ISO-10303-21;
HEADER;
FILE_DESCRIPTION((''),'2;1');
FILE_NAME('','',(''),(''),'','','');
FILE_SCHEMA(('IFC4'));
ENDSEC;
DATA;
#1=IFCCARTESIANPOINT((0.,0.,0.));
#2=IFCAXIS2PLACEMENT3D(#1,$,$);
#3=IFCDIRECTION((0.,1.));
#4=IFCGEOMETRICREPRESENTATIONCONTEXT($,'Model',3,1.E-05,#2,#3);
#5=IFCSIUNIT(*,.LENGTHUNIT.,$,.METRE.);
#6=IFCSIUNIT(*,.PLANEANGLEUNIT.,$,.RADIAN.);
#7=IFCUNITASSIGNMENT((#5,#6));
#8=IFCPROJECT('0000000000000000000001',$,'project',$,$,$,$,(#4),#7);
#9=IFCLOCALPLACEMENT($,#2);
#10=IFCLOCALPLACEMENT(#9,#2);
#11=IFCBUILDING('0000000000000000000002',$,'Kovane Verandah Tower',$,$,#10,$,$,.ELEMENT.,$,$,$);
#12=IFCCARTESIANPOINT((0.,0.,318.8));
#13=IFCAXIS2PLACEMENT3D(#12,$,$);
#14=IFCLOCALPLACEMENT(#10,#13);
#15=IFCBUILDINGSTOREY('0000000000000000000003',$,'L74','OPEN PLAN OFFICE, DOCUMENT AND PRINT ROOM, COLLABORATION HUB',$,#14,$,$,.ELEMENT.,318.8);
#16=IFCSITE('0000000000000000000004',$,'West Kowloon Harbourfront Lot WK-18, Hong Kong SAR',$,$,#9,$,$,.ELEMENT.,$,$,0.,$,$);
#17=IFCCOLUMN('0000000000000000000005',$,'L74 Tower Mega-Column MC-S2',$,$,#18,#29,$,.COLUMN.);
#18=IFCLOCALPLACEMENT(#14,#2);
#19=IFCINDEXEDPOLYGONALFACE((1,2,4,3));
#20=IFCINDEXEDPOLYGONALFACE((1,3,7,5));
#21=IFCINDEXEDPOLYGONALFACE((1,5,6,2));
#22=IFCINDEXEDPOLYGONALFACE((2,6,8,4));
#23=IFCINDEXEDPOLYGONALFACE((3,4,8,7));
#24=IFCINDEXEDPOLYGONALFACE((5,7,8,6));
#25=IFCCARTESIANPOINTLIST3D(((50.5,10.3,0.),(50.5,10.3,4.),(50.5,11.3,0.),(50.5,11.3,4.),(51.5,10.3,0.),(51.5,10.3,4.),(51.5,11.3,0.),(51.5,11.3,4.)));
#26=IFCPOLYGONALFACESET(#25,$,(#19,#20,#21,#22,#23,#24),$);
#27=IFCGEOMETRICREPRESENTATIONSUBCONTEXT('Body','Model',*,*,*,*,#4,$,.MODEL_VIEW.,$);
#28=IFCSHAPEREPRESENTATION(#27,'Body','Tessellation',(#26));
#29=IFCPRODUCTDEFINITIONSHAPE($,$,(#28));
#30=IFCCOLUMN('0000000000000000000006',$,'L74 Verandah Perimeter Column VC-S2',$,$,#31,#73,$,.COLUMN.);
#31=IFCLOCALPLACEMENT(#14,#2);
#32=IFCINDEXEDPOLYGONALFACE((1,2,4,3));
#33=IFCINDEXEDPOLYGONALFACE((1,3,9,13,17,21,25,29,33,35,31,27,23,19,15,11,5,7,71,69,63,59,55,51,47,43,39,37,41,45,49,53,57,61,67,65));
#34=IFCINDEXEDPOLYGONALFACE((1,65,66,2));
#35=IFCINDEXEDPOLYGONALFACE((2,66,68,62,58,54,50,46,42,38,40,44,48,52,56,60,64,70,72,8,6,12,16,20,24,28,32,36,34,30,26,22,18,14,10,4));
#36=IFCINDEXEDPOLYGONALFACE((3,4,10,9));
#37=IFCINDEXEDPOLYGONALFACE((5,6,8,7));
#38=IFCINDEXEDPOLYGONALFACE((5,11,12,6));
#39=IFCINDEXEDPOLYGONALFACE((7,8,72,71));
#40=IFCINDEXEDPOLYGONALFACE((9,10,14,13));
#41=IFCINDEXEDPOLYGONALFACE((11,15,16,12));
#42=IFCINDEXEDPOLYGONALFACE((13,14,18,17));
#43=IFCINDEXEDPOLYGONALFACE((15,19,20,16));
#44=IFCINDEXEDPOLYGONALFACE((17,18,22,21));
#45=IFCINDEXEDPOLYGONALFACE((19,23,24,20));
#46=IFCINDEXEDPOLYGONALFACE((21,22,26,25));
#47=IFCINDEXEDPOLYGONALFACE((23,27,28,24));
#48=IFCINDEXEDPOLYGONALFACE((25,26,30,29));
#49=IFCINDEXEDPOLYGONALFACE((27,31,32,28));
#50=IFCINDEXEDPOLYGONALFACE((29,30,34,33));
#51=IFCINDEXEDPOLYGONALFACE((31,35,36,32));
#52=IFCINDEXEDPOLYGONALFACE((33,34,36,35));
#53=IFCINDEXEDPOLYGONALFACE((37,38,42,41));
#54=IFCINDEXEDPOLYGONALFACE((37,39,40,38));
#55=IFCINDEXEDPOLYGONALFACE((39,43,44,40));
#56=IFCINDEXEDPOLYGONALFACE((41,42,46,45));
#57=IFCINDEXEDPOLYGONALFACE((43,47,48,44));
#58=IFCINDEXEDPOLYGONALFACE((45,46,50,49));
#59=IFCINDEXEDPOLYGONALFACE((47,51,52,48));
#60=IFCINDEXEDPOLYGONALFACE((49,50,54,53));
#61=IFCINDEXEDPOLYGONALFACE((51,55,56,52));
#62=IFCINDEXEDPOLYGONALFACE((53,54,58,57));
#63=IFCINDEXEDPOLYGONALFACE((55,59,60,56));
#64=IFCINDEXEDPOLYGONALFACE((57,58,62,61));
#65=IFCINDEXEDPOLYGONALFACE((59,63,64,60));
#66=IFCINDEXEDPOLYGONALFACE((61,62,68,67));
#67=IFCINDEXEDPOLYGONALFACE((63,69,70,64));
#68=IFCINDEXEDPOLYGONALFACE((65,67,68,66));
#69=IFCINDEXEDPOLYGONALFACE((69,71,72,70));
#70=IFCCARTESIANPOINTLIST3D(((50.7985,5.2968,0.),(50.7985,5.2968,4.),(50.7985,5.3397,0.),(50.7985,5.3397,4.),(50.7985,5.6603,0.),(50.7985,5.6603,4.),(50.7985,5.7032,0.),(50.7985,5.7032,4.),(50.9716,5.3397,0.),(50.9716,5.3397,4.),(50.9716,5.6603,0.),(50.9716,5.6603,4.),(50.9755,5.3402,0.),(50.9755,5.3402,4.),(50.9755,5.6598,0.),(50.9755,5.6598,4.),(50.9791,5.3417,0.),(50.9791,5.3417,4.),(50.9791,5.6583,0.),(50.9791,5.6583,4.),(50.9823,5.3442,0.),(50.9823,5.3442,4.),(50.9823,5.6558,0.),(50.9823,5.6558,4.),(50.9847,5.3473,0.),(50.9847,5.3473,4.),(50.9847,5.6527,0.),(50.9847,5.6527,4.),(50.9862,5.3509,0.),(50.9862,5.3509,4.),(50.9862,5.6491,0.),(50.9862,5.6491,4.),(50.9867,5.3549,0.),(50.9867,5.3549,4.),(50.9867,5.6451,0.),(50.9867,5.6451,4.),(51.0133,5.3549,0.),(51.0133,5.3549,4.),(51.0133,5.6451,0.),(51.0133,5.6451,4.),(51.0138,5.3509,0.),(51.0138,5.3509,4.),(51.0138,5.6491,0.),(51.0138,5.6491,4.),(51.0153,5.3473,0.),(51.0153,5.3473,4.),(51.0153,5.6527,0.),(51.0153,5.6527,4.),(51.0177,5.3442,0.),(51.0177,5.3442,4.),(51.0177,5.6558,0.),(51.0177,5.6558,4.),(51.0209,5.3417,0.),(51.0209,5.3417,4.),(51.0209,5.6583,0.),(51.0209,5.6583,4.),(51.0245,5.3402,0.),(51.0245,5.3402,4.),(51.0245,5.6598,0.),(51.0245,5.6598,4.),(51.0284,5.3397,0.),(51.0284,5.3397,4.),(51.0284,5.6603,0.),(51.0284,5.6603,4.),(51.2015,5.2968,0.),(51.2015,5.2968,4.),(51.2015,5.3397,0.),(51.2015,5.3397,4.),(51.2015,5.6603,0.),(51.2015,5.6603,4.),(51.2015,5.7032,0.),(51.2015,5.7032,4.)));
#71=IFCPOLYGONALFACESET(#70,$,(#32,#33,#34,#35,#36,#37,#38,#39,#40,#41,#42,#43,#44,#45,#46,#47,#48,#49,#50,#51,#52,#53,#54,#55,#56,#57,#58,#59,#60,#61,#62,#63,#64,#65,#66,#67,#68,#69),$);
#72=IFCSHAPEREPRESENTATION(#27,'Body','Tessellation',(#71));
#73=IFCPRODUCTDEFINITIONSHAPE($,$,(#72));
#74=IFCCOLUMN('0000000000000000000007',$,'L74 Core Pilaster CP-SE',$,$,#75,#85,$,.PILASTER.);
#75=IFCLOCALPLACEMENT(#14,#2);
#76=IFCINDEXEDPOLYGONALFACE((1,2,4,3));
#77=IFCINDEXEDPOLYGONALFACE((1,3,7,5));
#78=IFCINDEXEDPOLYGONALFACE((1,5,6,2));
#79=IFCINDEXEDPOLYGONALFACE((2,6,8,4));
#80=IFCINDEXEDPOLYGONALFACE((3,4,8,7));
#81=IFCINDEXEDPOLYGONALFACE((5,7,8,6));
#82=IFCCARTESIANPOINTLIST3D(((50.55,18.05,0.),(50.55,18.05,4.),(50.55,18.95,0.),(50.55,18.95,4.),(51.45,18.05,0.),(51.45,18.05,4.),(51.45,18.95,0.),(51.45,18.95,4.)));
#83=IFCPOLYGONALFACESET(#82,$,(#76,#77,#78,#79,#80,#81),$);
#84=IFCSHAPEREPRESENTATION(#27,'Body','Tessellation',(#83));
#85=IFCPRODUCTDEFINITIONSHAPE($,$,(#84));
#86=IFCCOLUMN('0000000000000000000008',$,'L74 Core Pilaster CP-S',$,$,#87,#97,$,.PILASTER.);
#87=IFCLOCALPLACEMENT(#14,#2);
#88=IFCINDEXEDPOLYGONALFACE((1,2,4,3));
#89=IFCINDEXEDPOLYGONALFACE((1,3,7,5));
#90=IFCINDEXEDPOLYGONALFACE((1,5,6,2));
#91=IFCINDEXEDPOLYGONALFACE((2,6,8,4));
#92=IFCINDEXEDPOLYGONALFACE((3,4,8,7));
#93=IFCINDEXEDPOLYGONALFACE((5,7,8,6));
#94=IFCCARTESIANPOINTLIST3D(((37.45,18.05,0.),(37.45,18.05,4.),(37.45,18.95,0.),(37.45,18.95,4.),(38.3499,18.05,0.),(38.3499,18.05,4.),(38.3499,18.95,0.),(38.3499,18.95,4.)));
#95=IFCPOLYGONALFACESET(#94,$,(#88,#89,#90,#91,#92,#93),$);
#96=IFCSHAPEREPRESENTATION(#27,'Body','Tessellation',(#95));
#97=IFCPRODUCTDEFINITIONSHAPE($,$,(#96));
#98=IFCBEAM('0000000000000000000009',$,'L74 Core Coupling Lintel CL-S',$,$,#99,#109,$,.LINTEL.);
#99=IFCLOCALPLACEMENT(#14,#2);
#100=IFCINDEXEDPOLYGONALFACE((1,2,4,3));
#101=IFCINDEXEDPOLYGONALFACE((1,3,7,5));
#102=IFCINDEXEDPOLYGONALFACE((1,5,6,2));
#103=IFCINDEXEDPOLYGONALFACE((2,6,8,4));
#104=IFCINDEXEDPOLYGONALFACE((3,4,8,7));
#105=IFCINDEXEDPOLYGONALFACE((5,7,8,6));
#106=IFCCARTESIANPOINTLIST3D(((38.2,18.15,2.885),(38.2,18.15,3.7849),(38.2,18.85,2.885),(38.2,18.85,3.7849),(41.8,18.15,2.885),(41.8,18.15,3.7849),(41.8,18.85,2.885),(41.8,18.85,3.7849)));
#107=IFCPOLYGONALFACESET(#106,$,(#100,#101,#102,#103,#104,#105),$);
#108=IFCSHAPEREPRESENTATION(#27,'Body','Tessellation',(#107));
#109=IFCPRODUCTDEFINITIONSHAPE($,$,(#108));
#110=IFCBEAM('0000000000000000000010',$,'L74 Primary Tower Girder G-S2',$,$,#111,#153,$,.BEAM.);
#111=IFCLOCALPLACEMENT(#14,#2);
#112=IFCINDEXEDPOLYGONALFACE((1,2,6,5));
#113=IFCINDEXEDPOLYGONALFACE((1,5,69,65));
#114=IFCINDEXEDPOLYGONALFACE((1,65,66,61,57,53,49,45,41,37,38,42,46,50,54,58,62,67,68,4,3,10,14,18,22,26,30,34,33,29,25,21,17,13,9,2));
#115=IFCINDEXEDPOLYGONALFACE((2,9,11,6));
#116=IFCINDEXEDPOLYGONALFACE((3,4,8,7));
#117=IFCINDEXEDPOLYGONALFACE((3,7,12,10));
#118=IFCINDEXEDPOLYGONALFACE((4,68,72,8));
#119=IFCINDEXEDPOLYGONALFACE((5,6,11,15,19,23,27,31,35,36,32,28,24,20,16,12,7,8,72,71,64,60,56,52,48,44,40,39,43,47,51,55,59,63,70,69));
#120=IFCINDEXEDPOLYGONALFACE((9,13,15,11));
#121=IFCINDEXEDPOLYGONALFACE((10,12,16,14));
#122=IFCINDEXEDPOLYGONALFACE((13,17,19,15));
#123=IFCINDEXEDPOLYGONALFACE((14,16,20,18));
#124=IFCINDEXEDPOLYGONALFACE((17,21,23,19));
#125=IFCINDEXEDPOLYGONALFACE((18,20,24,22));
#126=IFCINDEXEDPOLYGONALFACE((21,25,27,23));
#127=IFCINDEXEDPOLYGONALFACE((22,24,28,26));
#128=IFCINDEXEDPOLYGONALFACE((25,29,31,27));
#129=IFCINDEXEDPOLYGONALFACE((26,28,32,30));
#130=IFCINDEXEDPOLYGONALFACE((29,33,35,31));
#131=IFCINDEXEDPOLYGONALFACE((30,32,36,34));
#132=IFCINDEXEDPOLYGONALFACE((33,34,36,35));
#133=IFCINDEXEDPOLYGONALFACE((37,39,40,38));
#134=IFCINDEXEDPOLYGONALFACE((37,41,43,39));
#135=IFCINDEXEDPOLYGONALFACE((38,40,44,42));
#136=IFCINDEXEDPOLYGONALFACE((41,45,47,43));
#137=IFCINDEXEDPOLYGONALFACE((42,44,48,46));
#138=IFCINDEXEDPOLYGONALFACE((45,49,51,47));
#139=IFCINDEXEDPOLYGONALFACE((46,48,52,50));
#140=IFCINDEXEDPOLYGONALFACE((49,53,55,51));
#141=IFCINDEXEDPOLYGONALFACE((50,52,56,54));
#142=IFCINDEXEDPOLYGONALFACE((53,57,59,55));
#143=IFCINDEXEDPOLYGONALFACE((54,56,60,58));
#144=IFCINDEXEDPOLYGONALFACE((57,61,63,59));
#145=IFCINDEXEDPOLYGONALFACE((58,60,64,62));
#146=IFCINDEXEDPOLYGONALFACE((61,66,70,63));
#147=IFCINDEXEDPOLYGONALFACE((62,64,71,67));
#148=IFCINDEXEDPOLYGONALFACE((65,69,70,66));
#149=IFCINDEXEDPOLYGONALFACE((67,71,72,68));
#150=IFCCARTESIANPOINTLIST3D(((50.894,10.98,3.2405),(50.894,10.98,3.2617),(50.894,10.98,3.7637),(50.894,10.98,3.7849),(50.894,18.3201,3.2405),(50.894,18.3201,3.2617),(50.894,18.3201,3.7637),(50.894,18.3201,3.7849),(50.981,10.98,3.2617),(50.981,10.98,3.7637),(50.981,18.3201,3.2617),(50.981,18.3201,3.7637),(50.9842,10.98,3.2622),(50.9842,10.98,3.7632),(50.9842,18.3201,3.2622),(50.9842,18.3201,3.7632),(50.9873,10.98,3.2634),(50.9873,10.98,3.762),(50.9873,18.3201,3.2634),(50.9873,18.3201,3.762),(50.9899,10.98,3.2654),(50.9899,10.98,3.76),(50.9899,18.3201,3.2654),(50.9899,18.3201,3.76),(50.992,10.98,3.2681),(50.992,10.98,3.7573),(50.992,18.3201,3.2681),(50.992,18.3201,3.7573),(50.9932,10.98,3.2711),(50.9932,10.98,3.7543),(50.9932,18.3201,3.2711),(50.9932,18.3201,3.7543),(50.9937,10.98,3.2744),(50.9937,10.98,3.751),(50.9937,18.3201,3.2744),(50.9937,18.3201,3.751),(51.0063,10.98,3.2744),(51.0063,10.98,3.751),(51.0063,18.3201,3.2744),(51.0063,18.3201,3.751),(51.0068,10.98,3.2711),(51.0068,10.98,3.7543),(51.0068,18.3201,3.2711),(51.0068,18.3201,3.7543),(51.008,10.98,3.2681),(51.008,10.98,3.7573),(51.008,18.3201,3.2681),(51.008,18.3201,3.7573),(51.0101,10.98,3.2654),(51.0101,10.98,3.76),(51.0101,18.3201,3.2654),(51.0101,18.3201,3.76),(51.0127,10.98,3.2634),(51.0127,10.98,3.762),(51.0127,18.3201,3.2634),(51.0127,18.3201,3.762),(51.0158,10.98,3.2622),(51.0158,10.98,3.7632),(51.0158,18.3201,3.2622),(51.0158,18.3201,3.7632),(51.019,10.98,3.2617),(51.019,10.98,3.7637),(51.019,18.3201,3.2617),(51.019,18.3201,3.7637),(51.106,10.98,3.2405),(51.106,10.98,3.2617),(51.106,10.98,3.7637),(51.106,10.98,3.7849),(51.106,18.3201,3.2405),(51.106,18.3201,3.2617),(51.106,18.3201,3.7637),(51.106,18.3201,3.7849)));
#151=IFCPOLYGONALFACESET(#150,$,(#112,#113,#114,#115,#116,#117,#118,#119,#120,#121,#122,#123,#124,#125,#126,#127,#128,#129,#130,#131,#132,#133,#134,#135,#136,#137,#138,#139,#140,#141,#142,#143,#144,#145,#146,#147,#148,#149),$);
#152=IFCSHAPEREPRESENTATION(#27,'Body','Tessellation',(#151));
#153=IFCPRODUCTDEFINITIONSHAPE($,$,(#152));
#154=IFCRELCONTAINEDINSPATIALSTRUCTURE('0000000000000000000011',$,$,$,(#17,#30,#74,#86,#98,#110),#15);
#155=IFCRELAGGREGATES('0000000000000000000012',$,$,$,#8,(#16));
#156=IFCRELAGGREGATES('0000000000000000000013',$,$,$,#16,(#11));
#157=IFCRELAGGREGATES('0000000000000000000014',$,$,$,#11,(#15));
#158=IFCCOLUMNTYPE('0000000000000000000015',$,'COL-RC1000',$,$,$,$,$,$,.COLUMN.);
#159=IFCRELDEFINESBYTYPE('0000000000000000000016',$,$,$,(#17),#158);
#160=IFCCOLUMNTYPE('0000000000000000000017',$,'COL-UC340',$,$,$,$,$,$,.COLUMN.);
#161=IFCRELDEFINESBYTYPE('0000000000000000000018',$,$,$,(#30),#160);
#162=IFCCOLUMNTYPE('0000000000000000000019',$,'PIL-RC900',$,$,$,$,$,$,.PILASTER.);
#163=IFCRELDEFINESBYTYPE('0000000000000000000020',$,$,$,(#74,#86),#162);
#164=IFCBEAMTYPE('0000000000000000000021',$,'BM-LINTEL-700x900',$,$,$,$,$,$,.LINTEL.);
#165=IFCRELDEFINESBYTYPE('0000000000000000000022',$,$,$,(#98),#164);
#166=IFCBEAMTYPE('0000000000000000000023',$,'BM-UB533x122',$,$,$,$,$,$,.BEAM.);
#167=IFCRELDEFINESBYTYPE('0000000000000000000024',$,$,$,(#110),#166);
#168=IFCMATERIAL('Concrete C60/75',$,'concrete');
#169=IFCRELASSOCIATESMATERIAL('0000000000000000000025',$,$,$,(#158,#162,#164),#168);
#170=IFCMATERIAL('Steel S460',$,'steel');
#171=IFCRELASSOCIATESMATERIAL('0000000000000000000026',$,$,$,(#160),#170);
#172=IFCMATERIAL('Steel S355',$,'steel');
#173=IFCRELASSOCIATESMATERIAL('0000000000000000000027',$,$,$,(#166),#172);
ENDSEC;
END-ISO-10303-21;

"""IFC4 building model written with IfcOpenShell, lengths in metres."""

from ifc_helpers import new_model, si_unit, direction, frame, origin, origin_2d, place, context, subcontext, project, spatial, rectangle, i_section, extrude, material, material_profile, profile_set, type_object, element, save


model = new_model("IFC4")

# Units and contexts
model_context = context("Model", 3, precision=1e-05, world=origin(), true_north=direction((0.0, 1.0)))
body_context = subcontext(model_context, "Body", "Model", "MODEL_VIEW")
ifc_project = project(units=[si_unit("LENGTHUNIT", "METRE"), si_unit("PLANEANGLEUNIT", "RADIAN")], contexts=[model_context])

# Site, building, storey
site_placement = place(None, origin())
site = spatial("IfcSite", under=ifc_project, at=site_placement, Name="West Kowloon Harbourfront Lot WK-18, Hong Kong SAR", CompositionType="ELEMENT", RefElevation=0.0)
building_placement = place(site_placement, origin())
building = spatial("IfcBuilding", under=site, at=building_placement, Name="Kovane Verandah Tower", CompositionType="ELEMENT")
storey_placement = place(building_placement, frame((0.0, 0.0, 318.8)))
storey = spatial("IfcBuildingStorey", under=building, at=storey_placement, Name="L74", Description="OPEN PLAN OFFICE, DOCUMENT AND PRINT ROOM, COLLABORATION HUB", CompositionType="ELEMENT", Elevation=318.8)

# Columns
ifc_material_1 = material(Name="Concrete C60/75", Category="concrete")
ifc_material_profile_1 = material_profile(ifc_material_1, rectangle(XDim=1.0, YDim=1.0, at=origin_2d()), Name="RC1000x1000")
ifc_profile_set_1 = profile_set([ifc_material_profile_1], Name="Concrete C60/75")
column_type_1 = type_object("IfcColumnType", Name="COL-RC1000", PredefinedType="COLUMN", material=ifc_profile_set_1)
column_1_placement = place(storey_placement, frame((51.0, 10.8, 0.0), z_axis=(0.0, 0.0, 1.0), x_axis=(1.0, 0.0, 0.0)))
element("IfcColumn", 1, at=column_1_placement, inside=storey, type_object=column_type_1, Name="L74 Tower Mega-Column MC-S2", PredefinedType="COLUMN", context=body_context, shape_type="SweptSolid", body=[
    extrude(rectangle(XDim=1.0, YDim=1.0, at=origin_2d()), origin(), (0.0, 0.0, 1.0), 4.0),
])
ifc_material_2 = material(Name="Steel S460", Category="steel")
ifc_material_profile_2 = material_profile(ifc_material_2, i_section(OverallWidth=0.4031, OverallDepth=0.4065, WebThickness=0.0266, FlangeThickness=0.043, FilletRadius=0.0151, at=origin_2d()), Name="UC356x406x340")
ifc_profile_set_2 = profile_set([ifc_material_profile_2], Name="Steel S460")
column_type_2 = type_object("IfcColumnType", Name="COL-UC340", PredefinedType="COLUMN", material=ifc_profile_set_2)
column_2_placement = place(storey_placement, frame((51.0, 5.5, 0.0), z_axis=(0.0, 0.0, 1.0), x_axis=(1.0, 0.0, 0.0)))
element("IfcColumn", 2, at=column_2_placement, inside=storey, type_object=column_type_2, Name="L74 Verandah Perimeter Column VC-S2", PredefinedType="COLUMN", context=body_context, shape_type="SweptSolid", body=[
    extrude(i_section(OverallWidth=0.4031, OverallDepth=0.4065, WebThickness=0.0266, FlangeThickness=0.043, FilletRadius=0.0151, at=origin_2d()), origin(), (0.0, 0.0, 1.0), 4.0),
])
ifc_material_profile_3 = material_profile(ifc_material_1, rectangle(XDim=0.8999, YDim=0.8999, at=origin_2d()), Name="RC900x900")
ifc_profile_set_3 = profile_set([ifc_material_profile_3], Name="Concrete C60/75")
column_type_3 = type_object("IfcColumnType", Name="PIL-RC900", PredefinedType="PILASTER", material=ifc_profile_set_3)
for number, where, z_axis, x_axis, name in (
    (3, (51.0, 18.5, 0.0), (0.0, 0.0, 1.0), (1.0, 0.0, 0.0), "L74 Core Pilaster CP-SE"),
    (4, (37.8999, 18.5, 0.0), (0.0, 0.0, 1.0), (1.0, 0.0, 0.0), "L74 Core Pilaster CP-S"),
):
    element("IfcColumn", number, at=place(storey_placement, frame(where, z_axis=z_axis, x_axis=x_axis)), inside=storey, type_object=column_type_3, Name=name, PredefinedType="PILASTER", context=body_context, shape_type="SweptSolid", body=[
        extrude(rectangle(XDim=0.8999, YDim=0.8999, at=origin_2d()), origin(), (0.0, 0.0, 1.0), 4.0),
    ])

# Beams
ifc_material_profile_4 = material_profile(ifc_material_1, rectangle(XDim=0.7, YDim=0.8999, at=origin_2d()), Name="RCB700x900")
ifc_profile_set_4 = profile_set([ifc_material_profile_4], Name="Concrete C60/75")
beam_type_1 = type_object("IfcBeamType", Name="BM-LINTEL-700x900", PredefinedType="LINTEL", material=ifc_profile_set_4)
beam_1_placement = place(storey_placement, frame((38.2, 18.5, 3.335), z_axis=(1.0, 0.0, 0.0), x_axis=(0.0, 1.0, 0.0)))
element("IfcBeam", 5, at=beam_1_placement, inside=storey, type_object=beam_type_1, Name="L74 Core Coupling Lintel CL-S", PredefinedType="LINTEL", context=body_context, shape_type="SweptSolid", body=[
    extrude(rectangle(XDim=0.7, YDim=0.8999, at=origin_2d()), origin(), (0.0, 0.0, 1.0), 3.6001),
])
ifc_material_3 = material(Name="Steel S355", Category="steel")
ifc_material_profile_5 = material_profile(ifc_material_3, i_section(OverallWidth=0.2119, OverallDepth=0.5444, WebThickness=0.0127, FlangeThickness=0.0212, FilletRadius=0.0127, at=origin_2d()), Name="UB533x210x122")
ifc_profile_set_5 = profile_set([ifc_material_profile_5], Name="Steel S355")
beam_type_2 = type_object("IfcBeamType", Name="BM-UB533x122", PredefinedType="BEAM", material=ifc_profile_set_5)
beam_2_placement = place(storey_placement, frame((51.0, 18.3201, 3.5127), z_axis=(0.0, -1.0, 0.0), x_axis=(1.0, 0.0, 0.0)))
element("IfcBeam", 6, at=beam_2_placement, inside=storey, type_object=beam_type_2, Name="L74 Primary Tower Girder G-S2", PredefinedType="BEAM", context=body_context, shape_type="SweptSolid", body=[
    extrude(i_section(OverallWidth=0.2119, OverallDepth=0.5444, WebThickness=0.0127, FlangeThickness=0.0212, FilletRadius=0.0127, at=origin_2d()), origin(), (0.0, 0.0, 1.0), 7.3401),
])

save(model, "model.ifc")
